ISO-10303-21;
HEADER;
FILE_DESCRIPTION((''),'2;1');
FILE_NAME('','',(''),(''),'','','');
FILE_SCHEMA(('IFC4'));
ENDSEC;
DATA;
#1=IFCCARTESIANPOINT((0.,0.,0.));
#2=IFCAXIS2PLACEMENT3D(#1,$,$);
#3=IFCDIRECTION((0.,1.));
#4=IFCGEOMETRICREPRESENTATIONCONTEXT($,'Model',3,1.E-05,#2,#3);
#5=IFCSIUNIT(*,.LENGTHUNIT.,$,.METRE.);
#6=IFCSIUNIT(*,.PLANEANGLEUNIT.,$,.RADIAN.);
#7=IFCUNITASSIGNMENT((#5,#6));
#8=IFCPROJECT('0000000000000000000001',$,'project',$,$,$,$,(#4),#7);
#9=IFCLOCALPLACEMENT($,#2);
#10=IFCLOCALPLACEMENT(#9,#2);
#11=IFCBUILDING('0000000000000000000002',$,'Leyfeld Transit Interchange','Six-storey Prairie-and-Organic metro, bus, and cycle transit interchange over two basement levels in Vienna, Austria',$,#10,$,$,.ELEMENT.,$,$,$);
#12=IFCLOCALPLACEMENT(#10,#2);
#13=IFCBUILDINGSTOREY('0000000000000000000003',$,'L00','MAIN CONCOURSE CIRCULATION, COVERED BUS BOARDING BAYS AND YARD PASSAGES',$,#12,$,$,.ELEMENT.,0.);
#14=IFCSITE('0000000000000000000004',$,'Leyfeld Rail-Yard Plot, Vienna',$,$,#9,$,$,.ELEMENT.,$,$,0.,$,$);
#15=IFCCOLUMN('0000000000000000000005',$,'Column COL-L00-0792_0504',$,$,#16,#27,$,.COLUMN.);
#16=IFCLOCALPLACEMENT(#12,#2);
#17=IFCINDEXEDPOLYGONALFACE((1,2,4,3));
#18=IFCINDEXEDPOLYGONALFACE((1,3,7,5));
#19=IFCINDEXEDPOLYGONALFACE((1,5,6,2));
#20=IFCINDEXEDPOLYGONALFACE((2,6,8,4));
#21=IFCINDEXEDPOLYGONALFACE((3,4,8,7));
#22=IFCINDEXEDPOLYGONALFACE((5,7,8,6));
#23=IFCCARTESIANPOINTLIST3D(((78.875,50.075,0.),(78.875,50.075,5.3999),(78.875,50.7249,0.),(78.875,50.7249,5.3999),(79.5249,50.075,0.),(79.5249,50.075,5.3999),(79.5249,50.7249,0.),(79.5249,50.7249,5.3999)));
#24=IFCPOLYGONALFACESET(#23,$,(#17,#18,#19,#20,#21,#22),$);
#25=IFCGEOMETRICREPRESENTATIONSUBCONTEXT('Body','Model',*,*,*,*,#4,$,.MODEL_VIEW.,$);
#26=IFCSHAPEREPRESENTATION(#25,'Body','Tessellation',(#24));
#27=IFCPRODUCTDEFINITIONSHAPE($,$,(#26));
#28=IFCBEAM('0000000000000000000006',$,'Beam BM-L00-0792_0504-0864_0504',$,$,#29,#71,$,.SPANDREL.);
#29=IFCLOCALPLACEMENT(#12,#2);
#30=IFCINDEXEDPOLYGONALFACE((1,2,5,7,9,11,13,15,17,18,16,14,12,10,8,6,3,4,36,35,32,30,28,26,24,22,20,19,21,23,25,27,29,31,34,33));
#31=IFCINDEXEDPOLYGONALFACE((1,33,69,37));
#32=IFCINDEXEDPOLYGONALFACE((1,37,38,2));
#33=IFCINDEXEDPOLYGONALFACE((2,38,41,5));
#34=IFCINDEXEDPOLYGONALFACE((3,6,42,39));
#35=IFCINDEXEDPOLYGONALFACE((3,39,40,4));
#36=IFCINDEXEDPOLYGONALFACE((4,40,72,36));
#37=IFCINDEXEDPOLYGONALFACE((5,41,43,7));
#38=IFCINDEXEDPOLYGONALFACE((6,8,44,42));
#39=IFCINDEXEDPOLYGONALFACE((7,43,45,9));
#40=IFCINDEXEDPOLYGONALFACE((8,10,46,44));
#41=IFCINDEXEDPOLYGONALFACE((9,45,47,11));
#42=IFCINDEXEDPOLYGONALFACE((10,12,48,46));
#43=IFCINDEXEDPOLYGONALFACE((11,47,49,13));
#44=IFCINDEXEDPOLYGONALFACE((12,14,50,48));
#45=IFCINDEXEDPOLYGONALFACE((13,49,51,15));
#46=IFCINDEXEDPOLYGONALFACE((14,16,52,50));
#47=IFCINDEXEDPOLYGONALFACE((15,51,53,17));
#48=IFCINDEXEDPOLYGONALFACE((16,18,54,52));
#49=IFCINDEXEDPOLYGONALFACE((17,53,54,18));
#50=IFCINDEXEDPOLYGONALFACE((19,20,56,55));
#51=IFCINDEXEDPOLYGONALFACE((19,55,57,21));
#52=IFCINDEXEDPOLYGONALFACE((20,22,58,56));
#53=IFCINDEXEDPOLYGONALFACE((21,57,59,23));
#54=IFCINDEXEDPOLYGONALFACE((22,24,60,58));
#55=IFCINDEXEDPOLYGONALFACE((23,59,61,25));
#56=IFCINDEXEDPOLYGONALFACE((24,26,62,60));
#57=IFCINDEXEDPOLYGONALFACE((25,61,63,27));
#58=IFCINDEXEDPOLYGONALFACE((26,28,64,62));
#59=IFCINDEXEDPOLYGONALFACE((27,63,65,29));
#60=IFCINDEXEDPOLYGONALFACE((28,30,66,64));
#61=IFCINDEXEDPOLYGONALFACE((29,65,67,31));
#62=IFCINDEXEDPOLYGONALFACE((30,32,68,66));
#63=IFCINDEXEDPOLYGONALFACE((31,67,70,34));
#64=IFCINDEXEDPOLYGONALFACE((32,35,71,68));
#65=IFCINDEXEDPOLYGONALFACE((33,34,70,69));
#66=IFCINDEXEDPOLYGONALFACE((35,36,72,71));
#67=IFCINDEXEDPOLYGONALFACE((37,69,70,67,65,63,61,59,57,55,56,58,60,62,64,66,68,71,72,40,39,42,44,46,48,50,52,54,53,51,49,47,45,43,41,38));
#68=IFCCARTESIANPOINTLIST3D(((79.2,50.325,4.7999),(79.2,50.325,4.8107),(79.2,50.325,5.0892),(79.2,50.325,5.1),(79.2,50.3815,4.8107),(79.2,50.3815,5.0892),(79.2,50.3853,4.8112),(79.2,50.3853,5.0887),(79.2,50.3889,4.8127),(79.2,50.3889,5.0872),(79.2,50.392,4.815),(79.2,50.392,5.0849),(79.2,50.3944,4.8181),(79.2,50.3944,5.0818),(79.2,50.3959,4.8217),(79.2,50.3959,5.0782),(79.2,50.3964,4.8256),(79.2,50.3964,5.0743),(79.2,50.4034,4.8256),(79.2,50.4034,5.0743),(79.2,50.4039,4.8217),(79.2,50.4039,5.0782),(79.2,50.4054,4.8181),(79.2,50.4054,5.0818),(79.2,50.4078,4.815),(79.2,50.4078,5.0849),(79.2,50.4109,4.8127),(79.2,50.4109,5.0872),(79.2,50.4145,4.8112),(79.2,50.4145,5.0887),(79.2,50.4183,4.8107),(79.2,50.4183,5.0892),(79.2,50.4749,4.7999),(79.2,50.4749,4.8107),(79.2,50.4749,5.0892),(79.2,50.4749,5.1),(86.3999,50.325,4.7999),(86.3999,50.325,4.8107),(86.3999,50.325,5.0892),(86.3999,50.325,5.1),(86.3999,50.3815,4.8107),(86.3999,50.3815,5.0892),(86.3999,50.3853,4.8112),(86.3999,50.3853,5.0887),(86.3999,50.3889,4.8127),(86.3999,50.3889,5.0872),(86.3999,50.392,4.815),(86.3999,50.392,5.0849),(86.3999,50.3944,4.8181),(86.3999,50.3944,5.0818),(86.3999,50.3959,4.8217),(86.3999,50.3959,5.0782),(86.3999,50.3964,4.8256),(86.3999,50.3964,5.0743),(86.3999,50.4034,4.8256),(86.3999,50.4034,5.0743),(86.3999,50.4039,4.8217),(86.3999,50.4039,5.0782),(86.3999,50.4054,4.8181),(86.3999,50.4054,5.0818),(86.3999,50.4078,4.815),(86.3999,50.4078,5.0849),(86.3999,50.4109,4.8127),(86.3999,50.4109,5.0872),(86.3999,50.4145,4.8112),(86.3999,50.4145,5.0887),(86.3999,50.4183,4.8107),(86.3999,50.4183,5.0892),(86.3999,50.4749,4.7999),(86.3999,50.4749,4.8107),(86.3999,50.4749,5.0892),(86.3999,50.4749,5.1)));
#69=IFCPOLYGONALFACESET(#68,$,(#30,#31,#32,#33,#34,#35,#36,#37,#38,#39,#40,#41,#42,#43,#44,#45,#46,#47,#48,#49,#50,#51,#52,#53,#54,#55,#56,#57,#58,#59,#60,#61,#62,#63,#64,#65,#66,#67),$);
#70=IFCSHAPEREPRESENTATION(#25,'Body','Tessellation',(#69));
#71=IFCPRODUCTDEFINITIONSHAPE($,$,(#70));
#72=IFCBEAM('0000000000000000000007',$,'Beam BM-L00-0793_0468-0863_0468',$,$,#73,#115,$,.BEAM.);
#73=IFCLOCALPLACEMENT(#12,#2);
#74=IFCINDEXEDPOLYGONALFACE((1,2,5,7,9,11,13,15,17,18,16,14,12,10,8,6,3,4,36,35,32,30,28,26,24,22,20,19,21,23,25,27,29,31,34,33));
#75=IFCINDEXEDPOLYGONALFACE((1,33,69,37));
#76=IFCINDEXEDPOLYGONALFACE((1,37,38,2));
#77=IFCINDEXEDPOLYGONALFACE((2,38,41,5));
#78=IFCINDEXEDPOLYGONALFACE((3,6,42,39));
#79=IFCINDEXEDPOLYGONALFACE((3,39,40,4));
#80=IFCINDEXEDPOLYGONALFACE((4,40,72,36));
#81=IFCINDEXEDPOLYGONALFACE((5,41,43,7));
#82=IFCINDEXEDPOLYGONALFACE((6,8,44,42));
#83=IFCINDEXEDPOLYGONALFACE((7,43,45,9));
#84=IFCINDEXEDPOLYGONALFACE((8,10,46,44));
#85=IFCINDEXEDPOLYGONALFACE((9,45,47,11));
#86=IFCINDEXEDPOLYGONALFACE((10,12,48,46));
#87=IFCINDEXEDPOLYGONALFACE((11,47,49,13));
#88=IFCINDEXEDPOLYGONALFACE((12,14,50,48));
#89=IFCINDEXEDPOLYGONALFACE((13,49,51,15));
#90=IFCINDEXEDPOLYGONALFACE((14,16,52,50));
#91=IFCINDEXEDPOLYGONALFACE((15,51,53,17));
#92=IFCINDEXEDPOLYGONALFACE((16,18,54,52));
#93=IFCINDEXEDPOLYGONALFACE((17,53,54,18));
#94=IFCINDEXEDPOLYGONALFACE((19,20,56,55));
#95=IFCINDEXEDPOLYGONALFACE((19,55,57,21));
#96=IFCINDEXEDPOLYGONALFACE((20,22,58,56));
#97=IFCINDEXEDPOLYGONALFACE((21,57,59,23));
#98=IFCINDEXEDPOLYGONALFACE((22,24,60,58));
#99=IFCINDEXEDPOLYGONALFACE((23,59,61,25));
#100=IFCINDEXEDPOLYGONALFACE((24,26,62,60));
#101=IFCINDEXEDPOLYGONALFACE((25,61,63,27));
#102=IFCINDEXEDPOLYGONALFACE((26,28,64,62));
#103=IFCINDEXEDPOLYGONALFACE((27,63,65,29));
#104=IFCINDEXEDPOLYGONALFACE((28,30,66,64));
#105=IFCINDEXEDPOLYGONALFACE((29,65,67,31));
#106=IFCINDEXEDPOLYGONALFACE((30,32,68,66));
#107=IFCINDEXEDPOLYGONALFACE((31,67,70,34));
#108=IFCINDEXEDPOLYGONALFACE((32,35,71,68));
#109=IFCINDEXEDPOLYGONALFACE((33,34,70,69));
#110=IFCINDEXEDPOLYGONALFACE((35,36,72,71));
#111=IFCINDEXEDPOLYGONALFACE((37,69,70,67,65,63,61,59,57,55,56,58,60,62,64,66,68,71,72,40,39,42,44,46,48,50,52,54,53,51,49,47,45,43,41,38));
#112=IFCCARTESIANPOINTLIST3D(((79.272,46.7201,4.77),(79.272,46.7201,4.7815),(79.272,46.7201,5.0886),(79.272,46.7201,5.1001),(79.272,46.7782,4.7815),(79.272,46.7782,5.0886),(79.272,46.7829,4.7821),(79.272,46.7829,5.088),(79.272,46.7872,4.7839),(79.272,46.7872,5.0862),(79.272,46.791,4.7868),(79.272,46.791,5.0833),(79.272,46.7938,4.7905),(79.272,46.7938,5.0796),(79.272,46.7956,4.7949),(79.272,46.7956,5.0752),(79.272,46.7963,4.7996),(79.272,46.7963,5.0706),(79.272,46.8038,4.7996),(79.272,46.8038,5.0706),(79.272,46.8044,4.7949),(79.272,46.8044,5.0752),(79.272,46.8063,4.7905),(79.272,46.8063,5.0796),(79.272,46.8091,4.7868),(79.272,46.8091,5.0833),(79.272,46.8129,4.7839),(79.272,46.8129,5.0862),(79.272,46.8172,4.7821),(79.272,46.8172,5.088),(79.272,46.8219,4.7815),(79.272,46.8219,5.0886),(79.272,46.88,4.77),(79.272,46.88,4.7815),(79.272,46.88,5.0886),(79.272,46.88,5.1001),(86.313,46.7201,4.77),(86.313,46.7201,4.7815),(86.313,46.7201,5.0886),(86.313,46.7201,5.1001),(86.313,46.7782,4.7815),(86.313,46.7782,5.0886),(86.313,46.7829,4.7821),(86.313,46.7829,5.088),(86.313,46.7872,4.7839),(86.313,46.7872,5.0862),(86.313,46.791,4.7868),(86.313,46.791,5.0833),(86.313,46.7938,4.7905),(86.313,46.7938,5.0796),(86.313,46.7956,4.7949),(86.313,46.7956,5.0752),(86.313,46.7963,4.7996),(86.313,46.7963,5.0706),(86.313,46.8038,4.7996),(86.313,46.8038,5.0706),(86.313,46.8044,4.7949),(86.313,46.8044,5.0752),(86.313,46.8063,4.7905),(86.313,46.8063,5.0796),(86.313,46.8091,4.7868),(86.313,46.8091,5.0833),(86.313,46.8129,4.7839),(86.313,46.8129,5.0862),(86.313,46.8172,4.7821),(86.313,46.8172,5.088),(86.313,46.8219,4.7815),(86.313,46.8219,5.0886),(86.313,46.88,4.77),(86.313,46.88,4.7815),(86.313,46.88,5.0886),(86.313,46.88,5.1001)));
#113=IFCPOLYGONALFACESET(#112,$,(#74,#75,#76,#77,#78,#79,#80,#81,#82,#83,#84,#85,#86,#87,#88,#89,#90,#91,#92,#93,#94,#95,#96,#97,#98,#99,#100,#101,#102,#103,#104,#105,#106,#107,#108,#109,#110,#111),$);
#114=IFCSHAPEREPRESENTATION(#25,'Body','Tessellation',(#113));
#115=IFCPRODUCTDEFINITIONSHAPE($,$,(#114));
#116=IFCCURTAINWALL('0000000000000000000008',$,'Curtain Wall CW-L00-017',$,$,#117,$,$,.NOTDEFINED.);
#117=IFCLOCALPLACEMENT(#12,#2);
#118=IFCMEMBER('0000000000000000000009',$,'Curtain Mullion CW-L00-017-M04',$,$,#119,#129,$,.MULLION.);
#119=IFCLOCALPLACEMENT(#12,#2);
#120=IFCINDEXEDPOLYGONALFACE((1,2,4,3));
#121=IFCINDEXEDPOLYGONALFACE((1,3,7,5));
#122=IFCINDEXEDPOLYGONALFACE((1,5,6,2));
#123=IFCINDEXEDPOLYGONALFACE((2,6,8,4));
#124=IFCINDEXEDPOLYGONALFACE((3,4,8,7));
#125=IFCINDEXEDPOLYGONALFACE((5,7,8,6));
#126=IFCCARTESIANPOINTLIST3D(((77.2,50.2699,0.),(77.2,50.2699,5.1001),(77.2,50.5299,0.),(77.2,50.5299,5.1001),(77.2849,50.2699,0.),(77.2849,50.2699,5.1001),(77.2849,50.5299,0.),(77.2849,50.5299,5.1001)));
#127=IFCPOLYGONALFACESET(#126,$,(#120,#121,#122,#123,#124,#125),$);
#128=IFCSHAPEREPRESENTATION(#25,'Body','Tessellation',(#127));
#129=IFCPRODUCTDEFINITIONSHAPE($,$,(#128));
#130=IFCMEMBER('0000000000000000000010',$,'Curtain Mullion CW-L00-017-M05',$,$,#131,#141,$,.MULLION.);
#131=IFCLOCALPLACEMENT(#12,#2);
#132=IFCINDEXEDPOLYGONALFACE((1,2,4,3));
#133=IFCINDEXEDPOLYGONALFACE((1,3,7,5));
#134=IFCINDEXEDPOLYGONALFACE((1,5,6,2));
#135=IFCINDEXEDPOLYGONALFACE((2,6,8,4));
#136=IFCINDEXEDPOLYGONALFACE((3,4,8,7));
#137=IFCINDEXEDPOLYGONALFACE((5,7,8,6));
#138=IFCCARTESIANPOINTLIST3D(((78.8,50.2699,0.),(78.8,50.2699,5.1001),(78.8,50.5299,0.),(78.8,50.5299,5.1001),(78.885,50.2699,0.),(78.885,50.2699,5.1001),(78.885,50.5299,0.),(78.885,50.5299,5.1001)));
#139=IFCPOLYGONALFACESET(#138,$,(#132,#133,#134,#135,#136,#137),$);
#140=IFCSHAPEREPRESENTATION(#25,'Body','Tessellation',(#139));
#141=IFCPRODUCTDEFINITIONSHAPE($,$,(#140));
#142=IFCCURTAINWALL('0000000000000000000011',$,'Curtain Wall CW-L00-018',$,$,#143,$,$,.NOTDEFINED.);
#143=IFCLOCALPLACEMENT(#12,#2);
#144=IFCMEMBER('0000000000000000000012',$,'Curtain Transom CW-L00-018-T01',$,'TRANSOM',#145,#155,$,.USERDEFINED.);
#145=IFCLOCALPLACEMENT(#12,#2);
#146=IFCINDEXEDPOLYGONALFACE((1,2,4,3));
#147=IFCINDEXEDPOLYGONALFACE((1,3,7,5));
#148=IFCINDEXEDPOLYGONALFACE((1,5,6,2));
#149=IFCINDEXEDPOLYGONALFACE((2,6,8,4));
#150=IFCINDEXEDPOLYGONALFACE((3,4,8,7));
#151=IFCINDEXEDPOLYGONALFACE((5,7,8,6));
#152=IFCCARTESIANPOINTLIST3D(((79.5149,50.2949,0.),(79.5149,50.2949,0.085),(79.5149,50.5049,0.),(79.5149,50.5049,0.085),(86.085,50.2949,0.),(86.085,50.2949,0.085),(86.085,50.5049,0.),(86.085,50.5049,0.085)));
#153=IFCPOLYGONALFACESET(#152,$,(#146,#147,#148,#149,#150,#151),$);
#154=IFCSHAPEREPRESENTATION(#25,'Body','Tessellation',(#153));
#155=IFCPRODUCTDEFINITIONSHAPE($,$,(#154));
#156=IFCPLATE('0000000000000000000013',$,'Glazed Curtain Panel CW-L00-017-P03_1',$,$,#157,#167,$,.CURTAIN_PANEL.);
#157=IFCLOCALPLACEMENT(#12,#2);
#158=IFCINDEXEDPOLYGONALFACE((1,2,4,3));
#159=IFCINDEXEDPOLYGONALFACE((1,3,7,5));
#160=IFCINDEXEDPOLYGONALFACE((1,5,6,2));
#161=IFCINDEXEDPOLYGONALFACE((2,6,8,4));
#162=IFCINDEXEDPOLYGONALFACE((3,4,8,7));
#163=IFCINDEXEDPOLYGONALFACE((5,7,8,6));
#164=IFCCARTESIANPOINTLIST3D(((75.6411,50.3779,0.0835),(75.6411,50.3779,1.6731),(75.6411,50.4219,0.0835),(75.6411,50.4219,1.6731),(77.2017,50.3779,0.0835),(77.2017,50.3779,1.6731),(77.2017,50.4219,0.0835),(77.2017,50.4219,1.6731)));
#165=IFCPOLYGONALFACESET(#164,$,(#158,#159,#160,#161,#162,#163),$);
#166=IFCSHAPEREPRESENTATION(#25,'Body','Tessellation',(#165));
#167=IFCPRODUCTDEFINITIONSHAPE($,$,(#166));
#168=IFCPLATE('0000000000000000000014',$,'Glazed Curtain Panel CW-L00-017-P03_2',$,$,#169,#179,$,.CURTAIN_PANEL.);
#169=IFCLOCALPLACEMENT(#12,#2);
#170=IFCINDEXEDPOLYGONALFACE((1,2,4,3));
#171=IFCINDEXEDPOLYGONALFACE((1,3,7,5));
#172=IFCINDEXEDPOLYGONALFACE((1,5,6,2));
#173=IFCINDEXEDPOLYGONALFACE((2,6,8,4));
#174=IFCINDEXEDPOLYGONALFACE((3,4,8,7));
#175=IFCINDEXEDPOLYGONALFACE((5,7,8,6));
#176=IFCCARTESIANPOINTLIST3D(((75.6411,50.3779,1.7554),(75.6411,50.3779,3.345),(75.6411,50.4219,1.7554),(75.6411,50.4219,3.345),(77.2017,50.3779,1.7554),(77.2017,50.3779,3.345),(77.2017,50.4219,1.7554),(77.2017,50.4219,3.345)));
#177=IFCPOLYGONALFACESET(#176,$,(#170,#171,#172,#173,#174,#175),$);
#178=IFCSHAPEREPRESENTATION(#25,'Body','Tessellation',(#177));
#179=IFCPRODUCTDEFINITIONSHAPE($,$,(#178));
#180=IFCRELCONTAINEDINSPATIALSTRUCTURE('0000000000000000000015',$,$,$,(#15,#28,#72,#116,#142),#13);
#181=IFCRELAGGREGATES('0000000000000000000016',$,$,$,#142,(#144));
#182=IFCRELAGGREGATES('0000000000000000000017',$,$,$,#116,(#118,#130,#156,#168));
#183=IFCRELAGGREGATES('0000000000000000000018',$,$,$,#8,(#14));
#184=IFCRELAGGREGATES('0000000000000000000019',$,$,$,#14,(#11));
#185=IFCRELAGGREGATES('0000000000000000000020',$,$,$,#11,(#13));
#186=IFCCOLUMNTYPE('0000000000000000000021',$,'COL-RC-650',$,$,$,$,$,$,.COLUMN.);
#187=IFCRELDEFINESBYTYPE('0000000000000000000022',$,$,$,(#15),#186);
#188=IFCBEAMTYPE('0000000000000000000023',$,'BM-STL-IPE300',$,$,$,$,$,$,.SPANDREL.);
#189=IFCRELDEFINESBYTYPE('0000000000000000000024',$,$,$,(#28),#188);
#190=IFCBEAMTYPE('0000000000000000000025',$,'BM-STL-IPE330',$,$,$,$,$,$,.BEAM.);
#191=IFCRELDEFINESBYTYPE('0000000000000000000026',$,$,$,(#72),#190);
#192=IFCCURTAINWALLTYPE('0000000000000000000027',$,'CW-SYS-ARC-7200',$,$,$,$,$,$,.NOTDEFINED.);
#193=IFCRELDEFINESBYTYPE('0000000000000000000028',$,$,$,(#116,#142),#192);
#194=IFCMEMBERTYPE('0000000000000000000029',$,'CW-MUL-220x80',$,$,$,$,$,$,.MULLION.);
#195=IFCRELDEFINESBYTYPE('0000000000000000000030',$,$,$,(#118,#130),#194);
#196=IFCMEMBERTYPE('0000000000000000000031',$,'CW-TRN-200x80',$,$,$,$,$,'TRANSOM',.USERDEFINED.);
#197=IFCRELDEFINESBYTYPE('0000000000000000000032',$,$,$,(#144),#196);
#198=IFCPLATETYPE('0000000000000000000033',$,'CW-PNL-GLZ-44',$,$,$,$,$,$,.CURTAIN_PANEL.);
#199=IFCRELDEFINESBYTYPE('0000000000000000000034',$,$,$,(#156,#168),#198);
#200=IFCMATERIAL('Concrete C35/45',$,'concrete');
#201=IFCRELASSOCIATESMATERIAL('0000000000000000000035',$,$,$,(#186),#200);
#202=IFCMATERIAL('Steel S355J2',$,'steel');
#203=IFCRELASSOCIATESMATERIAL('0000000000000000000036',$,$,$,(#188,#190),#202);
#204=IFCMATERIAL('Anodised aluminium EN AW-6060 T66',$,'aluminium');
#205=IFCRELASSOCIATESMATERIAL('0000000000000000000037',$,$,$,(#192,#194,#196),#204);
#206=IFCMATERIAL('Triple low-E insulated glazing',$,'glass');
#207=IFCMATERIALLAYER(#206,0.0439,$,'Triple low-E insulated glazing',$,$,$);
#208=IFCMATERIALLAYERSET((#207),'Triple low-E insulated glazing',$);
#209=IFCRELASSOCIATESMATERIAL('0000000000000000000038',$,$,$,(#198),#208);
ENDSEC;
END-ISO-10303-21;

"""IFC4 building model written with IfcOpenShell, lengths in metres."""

from ifc_helpers import new_model, si_unit, direction, frame, origin, origin_2d, place, context, subcontext, project, spatial, rectangle, i_section, extrude, material, layer, layer_set, material_profile, profile_set, type_object, element, aggregate, save


model = new_model("IFC4")

# Units and contexts
model_context = context("Model", 3, precision=1e-05, world=origin(), true_north=direction((0.0, 1.0)))
body_context = subcontext(model_context, "Body", "Model", "MODEL_VIEW")
ifc_project = project(units=[si_unit("LENGTHUNIT", "METRE"), si_unit("PLANEANGLEUNIT", "RADIAN")], contexts=[model_context])

# Site, building, storey
site_placement = place(None, origin())
site = spatial("IfcSite", under=ifc_project, at=site_placement, Name="Leyfeld Rail-Yard Plot, Vienna", CompositionType="ELEMENT", RefElevation=0.0)
building_placement = place(site_placement, origin())
building = spatial("IfcBuilding", under=site, at=building_placement, Name="Leyfeld Transit Interchange", Description="Six-storey Prairie-and-Organic metro, bus, and cycle transit interchange over two basement levels in Vienna, Austria", CompositionType="ELEMENT")
storey_placement = place(building_placement, origin())
storey = spatial("IfcBuildingStorey", under=building, at=storey_placement, Name="L00", Description="MAIN CONCOURSE CIRCULATION, COVERED BUS BOARDING BAYS AND YARD PASSAGES", CompositionType="ELEMENT", Elevation=0.0)

# Column
ifc_material_1 = material(Name="Concrete C35/45", Category="concrete")
ifc_material_profile_1 = material_profile(ifc_material_1, rectangle(XDim=0.6499, YDim=0.6499, at=origin_2d()), Name="RC 650x650")
ifc_profile_set_1 = profile_set([ifc_material_profile_1], Name="Concrete C35/45")
column_type = type_object("IfcColumnType", Name="COL-RC-650", PredefinedType="COLUMN", material=ifc_profile_set_1)
column_placement = place(storey_placement, frame((79.2, 50.3999, 0.0), z_axis=(0.0, 0.0, 1.0), x_axis=(1.0, 0.0, 0.0)))
element("IfcColumn", 1, at=column_placement, inside=storey, type_object=column_type, Name="Column COL-L00-0792_0504", PredefinedType="COLUMN", context=body_context, shape_type="SweptSolid", body=[
    extrude(rectangle(XDim=0.6499, YDim=0.6499, at=origin_2d()), origin(), (0.0, 0.0, 1.0), 5.3999),
])

# Beams
ifc_material_2 = material(Name="Steel S355J2", Category="steel")
ifc_material_profile_2 = material_profile(ifc_material_2, i_section(OverallWidth=0.1499, OverallDepth=0.3, WebThickness=0.0071, FlangeThickness=0.0107, FilletRadius=0.0149, at=origin_2d()), Name="IPE 300")
ifc_profile_set_2 = profile_set([ifc_material_profile_2], Name="Steel S355J2")
beam_type_1 = type_object("IfcBeamType", Name="BM-STL-IPE300", PredefinedType="SPANDREL", material=ifc_profile_set_2)
beam_1_placement = place(storey_placement, frame((79.2, 50.3999, 4.95), z_axis=(1.0, 0.0, 0.0), x_axis=(0.0, 1.0, 0.0)))
element("IfcBeam", 2, at=beam_1_placement, inside=storey, type_object=beam_type_1, Name="Beam BM-L00-0792_0504-0864_0504", PredefinedType="SPANDREL", context=body_context, shape_type="SweptSolid", body=[
    extrude(i_section(OverallWidth=0.1499, OverallDepth=0.3, WebThickness=0.0071, FlangeThickness=0.0107, FilletRadius=0.0149, at=origin_2d()), origin(), (0.0, 0.0, 1.0), 7.2),
])
ifc_material_profile_3 = material_profile(ifc_material_2, i_section(OverallWidth=0.1599, OverallDepth=0.3301, WebThickness=0.0076, FlangeThickness=0.0115, FilletRadius=0.0181, at=origin_2d()), Name="IPE 330")
ifc_profile_set_3 = profile_set([ifc_material_profile_3], Name="Steel S355J2")
beam_type_2 = type_object("IfcBeamType", Name="BM-STL-IPE330", PredefinedType="BEAM", material=ifc_profile_set_3)
beam_2_placement = place(storey_placement, frame((79.272, 46.8, 4.9351), z_axis=(1.0, 0.0, 0.0), x_axis=(0.0, 1.0, 0.0)))
element("IfcBeam", 3, at=beam_2_placement, inside=storey, type_object=beam_type_2, Name="Beam BM-L00-0793_0468-0863_0468", PredefinedType="BEAM", context=body_context, shape_type="SweptSolid", body=[
    extrude(i_section(OverallWidth=0.1599, OverallDepth=0.3301, WebThickness=0.0076, FlangeThickness=0.0115, FilletRadius=0.0181, at=origin_2d()), origin(), (0.0, 0.0, 1.0), 7.041),
])

# Curtain wall, members
ifc_material_3 = material(Name="Anodised aluminium EN AW-6060 T66", Category="aluminium")
curtain_wall_type = type_object("IfcCurtainWallType", Name="CW-SYS-ARC-7200", PredefinedType="NOTDEFINED", material=ifc_material_3)
curtain_wall_1_placement = place(storey_placement, origin())
curtain_wall_1 = element("IfcCurtainWall", 4, at=curtain_wall_1_placement, inside=storey, type_object=curtain_wall_type, Name="Curtain Wall CW-L00-017", PredefinedType="NOTDEFINED")
ifc_material_profile_4 = material_profile(ifc_material_3, rectangle(XDim=0.085, YDim=0.26, at=origin_2d()), Name="CW-M 85x260")
ifc_profile_set_4 = profile_set([ifc_material_profile_4], Name="Anodised aluminium EN AW-6060 T66")
member_type_1 = type_object("IfcMemberType", Name="CW-MUL-220x80", PredefinedType="MULLION", material=ifc_profile_set_4)
member_1_placement = place(storey_placement, frame((77.2424, 50.3999, 0.0), z_axis=(0.0, 0.0, 1.0), x_axis=(1.0, 0.0, 0.0)))
member_1 = element("IfcMember", 5, at=member_1_placement, type_object=member_type_1, Name="Curtain Mullion CW-L00-017-M04", PredefinedType="MULLION", context=body_context, shape_type="SweptSolid", body=[
    extrude(rectangle(XDim=0.085, YDim=0.26, at=origin_2d()), origin(), (0.0, 0.0, 1.0), 5.1001),
])
member_2_placement = place(storey_placement, frame((78.8425, 50.3999, 0.0), z_axis=(0.0, 0.0, 1.0), x_axis=(1.0, 0.0, 0.0)))
member_2 = element("IfcMember", 6, at=member_2_placement, type_object=member_type_1, Name="Curtain Mullion CW-L00-017-M05", PredefinedType="MULLION", context=body_context, shape_type="SweptSolid", body=[
    extrude(rectangle(XDim=0.085, YDim=0.26, at=origin_2d()), origin(), (0.0, 0.0, 1.0), 5.1001),
])

# Curtain wall, member
curtain_wall_2_placement = place(storey_placement, origin())
curtain_wall_2 = element("IfcCurtainWall", 7, at=curtain_wall_2_placement, inside=storey, type_object=curtain_wall_type, Name="Curtain Wall CW-L00-018", PredefinedType="NOTDEFINED")
ifc_material_profile_5 = material_profile(ifc_material_3, rectangle(XDim=0.21, YDim=0.085, at=origin_2d()), Name="CW-TRN-200x80")
ifc_profile_set_5 = profile_set([ifc_material_profile_5], Name="Anodised aluminium EN AW-6060 T66")
member_type_2 = type_object("IfcMemberType", Name="CW-TRN-200x80", ElementType="TRANSOM", PredefinedType="USERDEFINED", material=ifc_profile_set_5)
member_3_placement = place(storey_placement, frame((79.5149, 50.3999, 0.0425), z_axis=(1.0, 0.0, 0.0), x_axis=(0.0, 1.0, 0.0)))
member_3 = element("IfcMember", 8, at=member_3_placement, type_object=member_type_2, Name="Curtain Transom CW-L00-018-T01", ObjectType="TRANSOM", PredefinedType="USERDEFINED", context=body_context, shape_type="SweptSolid", body=[
    extrude(rectangle(XDim=0.21, YDim=0.085, at=origin_2d()), origin(), (0.0, 0.0, 1.0), 6.5701),
])
aggregate(curtain_wall_2, [member_3])

# Plates
ifc_material_4 = material(Name="Triple low-E insulated glazing", Category="glass")
ifc_layer_1 = layer(ifc_material_4, 0.0439, Name="Triple low-E insulated glazing")
ifc_layer_set_1 = layer_set([ifc_layer_1], Name="Triple low-E insulated glazing")
plate_type = type_object("IfcPlateType", Name="CW-PNL-GLZ-44", PredefinedType="CURTAIN_PANEL", material=ifc_layer_set_1)
plate_1_placement = place(storey_placement, frame((76.4214, 50.3999, 0.0835), z_axis=(0.0, 0.0, 1.0), x_axis=(1.0, 0.0, 0.0)))
plate_1 = element("IfcPlate", 9, at=plate_1_placement, type_object=plate_type, Name="Glazed Curtain Panel CW-L00-017-P03_1", PredefinedType="CURTAIN_PANEL", context=body_context, shape_type="SweptSolid", body=[
    extrude(rectangle(XDim=1.5605, YDim=0.0439, at=origin_2d()), origin(), (0.0, 0.0, 1.0), 1.5896),
])
plate_2_placement = place(storey_placement, frame((76.4214, 50.3999, 1.7554), z_axis=(0.0, 0.0, 1.0), x_axis=(1.0, 0.0, 0.0)))
plate_2 = element("IfcPlate", 10, at=plate_2_placement, type_object=plate_type, Name="Glazed Curtain Panel CW-L00-017-P03_2", PredefinedType="CURTAIN_PANEL", context=body_context, shape_type="SweptSolid", body=[
    extrude(rectangle(XDim=1.5605, YDim=0.0439, at=origin_2d()), origin(), (0.0, 0.0, 1.0), 1.5896),
])
aggregate(curtain_wall_1, [member_1, member_2, plate_1, plate_2])

save(model, "model.ifc")
